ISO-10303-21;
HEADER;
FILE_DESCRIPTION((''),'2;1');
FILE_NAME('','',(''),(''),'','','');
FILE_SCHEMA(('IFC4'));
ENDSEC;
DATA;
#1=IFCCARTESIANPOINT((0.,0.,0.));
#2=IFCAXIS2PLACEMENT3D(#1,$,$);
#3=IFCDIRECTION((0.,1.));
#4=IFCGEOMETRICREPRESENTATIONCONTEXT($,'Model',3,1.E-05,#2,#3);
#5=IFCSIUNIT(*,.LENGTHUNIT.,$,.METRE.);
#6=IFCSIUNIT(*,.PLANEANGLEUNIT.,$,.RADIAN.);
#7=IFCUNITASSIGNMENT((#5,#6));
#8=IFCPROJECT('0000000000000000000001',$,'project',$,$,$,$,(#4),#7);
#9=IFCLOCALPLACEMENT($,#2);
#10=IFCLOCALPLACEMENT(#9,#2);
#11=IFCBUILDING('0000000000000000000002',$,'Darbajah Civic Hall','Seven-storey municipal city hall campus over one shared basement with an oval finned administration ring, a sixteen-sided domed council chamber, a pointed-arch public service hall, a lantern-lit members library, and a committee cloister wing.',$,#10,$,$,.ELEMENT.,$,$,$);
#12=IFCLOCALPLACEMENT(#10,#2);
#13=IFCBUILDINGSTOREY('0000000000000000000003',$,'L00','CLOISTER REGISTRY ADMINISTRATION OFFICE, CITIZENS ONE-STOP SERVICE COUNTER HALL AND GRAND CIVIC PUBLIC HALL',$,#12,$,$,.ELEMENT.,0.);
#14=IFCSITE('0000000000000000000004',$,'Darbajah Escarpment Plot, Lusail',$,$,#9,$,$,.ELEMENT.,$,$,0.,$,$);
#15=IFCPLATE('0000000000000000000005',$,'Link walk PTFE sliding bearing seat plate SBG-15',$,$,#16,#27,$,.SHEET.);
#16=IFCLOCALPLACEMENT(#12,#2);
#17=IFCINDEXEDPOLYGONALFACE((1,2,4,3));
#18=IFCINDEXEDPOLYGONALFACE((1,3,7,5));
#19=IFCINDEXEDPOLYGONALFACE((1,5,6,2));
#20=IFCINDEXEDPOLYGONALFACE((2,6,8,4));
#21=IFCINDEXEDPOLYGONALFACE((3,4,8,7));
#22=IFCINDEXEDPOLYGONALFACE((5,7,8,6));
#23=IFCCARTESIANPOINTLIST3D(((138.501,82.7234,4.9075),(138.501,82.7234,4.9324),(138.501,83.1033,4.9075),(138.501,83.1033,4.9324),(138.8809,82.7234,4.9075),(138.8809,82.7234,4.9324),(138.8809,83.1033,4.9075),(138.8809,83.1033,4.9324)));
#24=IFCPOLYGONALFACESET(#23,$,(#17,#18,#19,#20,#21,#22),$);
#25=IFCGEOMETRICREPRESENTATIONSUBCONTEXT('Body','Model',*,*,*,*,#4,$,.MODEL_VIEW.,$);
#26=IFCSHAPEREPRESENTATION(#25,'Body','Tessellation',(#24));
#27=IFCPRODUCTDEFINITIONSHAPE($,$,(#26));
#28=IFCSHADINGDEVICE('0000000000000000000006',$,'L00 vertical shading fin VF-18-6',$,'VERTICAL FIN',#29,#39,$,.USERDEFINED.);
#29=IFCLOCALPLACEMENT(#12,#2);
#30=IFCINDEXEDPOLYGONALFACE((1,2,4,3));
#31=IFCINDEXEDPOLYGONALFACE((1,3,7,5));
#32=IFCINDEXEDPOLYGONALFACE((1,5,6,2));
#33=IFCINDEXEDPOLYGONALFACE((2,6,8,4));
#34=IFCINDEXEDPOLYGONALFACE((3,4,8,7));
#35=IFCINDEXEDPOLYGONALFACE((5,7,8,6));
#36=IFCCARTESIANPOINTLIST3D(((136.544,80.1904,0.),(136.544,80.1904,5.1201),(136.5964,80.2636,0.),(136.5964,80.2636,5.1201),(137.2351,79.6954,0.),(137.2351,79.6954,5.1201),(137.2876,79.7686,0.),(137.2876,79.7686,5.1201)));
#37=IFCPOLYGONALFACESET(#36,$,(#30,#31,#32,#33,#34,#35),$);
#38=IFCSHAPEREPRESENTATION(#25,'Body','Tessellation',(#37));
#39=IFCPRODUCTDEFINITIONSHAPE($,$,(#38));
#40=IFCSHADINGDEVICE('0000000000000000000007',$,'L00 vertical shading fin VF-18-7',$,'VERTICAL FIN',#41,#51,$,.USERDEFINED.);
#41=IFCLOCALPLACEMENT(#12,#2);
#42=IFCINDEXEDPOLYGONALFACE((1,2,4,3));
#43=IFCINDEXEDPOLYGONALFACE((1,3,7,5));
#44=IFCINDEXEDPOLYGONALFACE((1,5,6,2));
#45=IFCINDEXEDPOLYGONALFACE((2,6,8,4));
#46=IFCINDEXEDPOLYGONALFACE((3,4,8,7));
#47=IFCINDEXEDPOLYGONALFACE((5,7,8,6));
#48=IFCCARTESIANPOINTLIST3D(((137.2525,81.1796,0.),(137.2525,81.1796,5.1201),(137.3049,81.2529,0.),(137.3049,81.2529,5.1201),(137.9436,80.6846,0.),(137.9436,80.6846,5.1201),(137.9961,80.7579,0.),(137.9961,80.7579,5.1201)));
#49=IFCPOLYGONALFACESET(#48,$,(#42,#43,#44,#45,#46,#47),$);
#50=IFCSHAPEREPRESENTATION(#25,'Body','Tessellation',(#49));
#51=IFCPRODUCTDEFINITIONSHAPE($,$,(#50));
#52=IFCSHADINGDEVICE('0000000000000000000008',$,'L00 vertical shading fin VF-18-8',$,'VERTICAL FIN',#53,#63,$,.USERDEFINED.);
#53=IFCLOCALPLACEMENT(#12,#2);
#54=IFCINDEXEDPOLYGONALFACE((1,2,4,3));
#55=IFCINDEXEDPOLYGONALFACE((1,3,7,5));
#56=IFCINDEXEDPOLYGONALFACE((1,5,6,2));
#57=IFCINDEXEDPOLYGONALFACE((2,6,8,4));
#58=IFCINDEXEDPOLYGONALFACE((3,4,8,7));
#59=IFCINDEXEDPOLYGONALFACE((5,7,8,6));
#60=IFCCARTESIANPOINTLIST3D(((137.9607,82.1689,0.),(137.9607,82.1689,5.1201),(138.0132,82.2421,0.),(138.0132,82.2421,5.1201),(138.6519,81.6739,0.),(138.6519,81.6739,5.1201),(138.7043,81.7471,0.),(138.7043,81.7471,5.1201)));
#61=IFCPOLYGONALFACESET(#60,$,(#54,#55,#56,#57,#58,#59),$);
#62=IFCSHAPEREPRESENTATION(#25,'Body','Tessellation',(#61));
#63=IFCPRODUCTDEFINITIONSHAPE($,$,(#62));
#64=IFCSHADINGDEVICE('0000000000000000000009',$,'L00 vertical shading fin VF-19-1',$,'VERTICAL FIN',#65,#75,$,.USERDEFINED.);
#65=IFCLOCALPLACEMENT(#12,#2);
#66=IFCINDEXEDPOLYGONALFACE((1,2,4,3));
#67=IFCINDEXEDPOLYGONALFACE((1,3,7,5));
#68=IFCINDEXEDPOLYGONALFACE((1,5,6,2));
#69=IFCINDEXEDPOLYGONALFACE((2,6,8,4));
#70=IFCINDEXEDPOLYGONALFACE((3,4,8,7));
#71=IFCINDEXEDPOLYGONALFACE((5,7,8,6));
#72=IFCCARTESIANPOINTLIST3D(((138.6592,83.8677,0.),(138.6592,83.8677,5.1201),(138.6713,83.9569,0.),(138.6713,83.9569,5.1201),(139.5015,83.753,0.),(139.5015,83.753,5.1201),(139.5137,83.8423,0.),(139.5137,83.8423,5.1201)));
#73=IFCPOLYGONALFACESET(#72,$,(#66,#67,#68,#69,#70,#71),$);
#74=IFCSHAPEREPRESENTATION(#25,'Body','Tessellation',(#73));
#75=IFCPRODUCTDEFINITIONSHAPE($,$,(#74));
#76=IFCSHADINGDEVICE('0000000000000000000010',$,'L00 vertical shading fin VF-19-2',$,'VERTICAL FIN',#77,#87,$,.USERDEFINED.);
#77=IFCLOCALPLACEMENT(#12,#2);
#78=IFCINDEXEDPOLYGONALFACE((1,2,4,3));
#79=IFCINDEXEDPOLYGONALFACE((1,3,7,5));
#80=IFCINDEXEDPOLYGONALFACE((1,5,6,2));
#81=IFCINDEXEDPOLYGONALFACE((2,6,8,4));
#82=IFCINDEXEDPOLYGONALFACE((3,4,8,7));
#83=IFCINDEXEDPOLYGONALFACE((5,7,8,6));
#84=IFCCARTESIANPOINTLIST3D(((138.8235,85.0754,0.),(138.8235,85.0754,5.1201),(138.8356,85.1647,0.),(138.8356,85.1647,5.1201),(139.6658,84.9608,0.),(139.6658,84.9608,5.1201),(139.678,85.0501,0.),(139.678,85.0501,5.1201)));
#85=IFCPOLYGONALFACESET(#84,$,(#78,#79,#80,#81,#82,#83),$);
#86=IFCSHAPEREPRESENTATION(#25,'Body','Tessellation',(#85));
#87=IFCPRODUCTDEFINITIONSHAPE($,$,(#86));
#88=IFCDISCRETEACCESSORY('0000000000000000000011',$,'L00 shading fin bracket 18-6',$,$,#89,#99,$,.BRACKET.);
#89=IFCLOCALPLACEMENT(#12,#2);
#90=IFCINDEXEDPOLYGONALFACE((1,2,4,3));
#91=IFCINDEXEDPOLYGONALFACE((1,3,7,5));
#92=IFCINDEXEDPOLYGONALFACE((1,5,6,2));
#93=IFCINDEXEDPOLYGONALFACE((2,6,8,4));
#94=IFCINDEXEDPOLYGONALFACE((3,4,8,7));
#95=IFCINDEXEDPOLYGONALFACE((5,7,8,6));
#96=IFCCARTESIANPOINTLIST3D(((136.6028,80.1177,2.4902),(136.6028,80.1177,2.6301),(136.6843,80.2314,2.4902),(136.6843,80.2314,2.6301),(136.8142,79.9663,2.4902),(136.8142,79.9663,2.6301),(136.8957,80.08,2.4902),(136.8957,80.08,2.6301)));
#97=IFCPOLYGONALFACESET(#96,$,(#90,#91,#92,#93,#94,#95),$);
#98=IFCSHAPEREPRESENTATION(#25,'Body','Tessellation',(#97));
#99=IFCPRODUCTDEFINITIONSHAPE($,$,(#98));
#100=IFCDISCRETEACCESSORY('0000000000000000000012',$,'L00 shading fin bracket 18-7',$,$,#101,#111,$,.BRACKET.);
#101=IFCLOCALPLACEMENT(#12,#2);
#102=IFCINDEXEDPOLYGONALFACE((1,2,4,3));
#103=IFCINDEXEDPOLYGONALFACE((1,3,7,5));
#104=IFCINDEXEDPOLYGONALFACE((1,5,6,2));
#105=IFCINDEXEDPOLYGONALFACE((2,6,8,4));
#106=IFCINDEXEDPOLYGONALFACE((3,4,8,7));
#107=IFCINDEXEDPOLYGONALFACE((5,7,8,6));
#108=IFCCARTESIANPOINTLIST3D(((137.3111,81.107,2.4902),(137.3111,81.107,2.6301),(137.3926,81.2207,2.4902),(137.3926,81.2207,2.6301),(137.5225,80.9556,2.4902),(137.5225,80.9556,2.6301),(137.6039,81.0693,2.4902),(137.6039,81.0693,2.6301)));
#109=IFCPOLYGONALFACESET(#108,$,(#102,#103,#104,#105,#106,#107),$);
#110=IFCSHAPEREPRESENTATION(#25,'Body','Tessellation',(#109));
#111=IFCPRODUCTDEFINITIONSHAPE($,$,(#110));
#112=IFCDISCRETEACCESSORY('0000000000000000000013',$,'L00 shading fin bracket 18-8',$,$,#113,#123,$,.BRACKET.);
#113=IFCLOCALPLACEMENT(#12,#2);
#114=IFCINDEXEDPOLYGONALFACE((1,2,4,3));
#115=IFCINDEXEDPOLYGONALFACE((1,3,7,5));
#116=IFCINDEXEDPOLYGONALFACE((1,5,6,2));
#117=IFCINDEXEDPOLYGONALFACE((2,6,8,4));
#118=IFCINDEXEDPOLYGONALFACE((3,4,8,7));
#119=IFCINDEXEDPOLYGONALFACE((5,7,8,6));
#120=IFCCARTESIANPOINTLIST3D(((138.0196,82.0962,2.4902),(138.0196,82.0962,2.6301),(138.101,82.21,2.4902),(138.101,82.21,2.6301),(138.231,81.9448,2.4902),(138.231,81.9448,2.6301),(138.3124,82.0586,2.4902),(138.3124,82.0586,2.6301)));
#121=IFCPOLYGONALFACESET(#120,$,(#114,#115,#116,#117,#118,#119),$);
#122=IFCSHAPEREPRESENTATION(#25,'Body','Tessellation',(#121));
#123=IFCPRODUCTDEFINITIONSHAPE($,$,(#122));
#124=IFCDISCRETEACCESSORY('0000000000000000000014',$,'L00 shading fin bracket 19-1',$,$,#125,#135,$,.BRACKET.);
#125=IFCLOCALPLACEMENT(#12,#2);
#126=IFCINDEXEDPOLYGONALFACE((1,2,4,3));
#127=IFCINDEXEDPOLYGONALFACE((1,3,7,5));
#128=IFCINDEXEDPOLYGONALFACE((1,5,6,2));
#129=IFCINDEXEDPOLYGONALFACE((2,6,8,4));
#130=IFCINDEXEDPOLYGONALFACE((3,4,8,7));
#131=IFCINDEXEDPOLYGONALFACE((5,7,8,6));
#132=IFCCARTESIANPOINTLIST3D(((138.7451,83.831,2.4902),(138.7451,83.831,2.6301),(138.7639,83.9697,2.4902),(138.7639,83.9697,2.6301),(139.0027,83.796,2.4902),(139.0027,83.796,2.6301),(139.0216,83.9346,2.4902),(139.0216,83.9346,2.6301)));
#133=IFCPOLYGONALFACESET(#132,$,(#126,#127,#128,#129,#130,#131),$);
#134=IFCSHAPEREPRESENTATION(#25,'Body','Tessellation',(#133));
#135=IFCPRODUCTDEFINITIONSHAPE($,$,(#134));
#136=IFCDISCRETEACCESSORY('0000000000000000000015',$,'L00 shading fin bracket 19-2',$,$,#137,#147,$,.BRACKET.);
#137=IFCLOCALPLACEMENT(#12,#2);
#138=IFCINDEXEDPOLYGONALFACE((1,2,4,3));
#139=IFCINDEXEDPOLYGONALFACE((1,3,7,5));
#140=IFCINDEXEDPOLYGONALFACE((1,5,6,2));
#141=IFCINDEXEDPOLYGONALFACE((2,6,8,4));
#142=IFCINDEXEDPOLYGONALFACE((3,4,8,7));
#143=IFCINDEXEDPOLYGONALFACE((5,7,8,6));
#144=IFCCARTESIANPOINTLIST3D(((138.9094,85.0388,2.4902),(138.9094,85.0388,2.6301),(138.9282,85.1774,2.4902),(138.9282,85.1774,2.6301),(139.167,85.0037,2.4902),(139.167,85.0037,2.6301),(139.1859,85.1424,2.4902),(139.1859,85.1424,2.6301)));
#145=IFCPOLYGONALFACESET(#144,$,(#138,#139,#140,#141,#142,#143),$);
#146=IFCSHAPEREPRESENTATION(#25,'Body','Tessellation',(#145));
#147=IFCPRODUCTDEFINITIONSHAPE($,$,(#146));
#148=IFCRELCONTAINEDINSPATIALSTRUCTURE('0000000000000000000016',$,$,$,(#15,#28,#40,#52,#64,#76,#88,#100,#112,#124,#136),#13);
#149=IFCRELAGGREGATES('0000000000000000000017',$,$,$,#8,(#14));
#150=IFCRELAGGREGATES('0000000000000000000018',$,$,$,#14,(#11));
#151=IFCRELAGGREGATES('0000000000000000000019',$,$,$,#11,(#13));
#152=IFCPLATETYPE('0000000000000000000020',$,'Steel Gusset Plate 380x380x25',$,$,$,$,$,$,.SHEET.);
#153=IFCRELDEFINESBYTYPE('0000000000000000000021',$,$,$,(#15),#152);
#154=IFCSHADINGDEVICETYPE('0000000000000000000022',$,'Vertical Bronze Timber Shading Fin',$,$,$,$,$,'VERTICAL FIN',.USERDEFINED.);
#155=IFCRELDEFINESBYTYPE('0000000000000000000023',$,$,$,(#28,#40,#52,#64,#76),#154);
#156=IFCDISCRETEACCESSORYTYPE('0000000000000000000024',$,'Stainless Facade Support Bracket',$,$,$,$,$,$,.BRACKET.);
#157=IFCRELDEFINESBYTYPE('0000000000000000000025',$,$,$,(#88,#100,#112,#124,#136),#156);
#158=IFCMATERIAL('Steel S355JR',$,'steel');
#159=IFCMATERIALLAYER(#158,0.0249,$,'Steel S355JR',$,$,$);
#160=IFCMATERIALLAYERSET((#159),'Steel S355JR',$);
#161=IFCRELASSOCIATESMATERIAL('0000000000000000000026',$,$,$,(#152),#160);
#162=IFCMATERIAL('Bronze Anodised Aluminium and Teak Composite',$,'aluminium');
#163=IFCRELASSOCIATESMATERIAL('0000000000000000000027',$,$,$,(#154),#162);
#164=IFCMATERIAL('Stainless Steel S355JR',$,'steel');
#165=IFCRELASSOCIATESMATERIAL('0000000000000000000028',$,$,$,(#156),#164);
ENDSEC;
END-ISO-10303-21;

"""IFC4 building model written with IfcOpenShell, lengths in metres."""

from ifc_helpers import new_model, si_unit, direction, frame, origin, origin_2d, place, context, subcontext, project, spatial, rectangle, extrude, material, layer, layer_set, type_object, element, save


model = new_model("IFC4")

# Units and contexts
model_context = context("Model", 3, precision=1e-05, world=origin(), true_north=direction((0.0, 1.0)))
body_context = subcontext(model_context, "Body", "Model", "MODEL_VIEW")
ifc_project = project(units=[si_unit("LENGTHUNIT", "METRE"), si_unit("PLANEANGLEUNIT", "RADIAN")], contexts=[model_context])

# Site, building, storey
site_placement = place(None, origin())
site = spatial("IfcSite", under=ifc_project, at=site_placement, Name="Darbajah Escarpment Plot, Lusail", CompositionType="ELEMENT", RefElevation=0.0)
building_placement = place(site_placement, origin())
building = spatial("IfcBuilding", under=site, at=building_placement, Name="Darbajah Civic Hall", Description="Seven-storey municipal city hall campus over one shared basement with an oval finned administration ring, a sixteen-sided domed council chamber, a pointed-arch public service hall, a lantern-lit members library, and a committee cloister wing.", CompositionType="ELEMENT")
storey_placement = place(building_placement, origin())
storey = spatial("IfcBuildingStorey", under=building, at=storey_placement, Name="L00", Description="CLOISTER REGISTRY ADMINISTRATION OFFICE, CITIZENS ONE-STOP SERVICE COUNTER HALL AND GRAND CIVIC PUBLIC HALL", CompositionType="ELEMENT", Elevation=0.0)

# Shared definitions
ifc_material_1 = material(Name="Steel S355JR", Category="steel")

# Plate
ifc_layer_1 = layer(ifc_material_1, 0.0249, Name="Steel S355JR")
ifc_layer_set_1 = layer_set([ifc_layer_1], Name="Steel S355JR")
plate_type_1 = type_object("IfcPlateType", Name="Steel Gusset Plate 380x380x25", PredefinedType="SHEET", material=ifc_layer_set_1)
for number, where, z_axis, x_axis, name in (
    (1, (138.6909, 82.9133, 4.9075), (0.0, 0.0, 1.0), (1.0, 0.0, 0.0), "Link walk PTFE sliding bearing seat plate SBG-15"),
):
    element("IfcPlate", number, at=place(storey_placement, frame(where, z_axis=z_axis, x_axis=x_axis)), inside=storey, type_object=plate_type_1, Name=name, PredefinedType="SHEET", context=body_context, shape_type="SweptSolid", body=[
        extrude(rectangle(XDim=0.3799, YDim=0.3799, at=origin_2d()), origin(), (0.0, 0.0, 1.0), 0.0249),
    ])

# Shading devices
ifc_material_2 = material(Name="Bronze Anodised Aluminium and Teak Composite", Category="aluminium")
shading_device_type = type_object("IfcShadingDeviceType", Name="Vertical Bronze Timber Shading Fin", ElementType="VERTICAL FIN", PredefinedType="USERDEFINED", material=ifc_material_2)
for number, where, z_axis, x_axis, name in (
    (2, (136.9158, 79.9795, 0.0), (0.0, 0.0, 1.0), (0.812999, -0.582265, 0.0), "L00 vertical shading fin VF-18-6"),
    (3, (137.6243, 80.9688, 0.0), (0.0, 0.0, 1.0), (0.812999, -0.582265, 0.0), "L00 vertical shading fin VF-18-7"),
    (4, (138.3325, 81.958, 0.0), (0.0, 0.0, 1.0), (0.812999, -0.582265, 0.0), "L00 vertical shading fin VF-18-8"),
    (5, (139.0864, 83.855, 0.0), (0.0, 0.0, 1.0), (0.990866, -0.134851, 0.0), "L00 vertical shading fin VF-19-1"),
    (6, (139.2507, 85.0627, 0.0), (0.0, 0.0, 1.0), (0.990866, -0.134851, 0.0), "L00 vertical shading fin VF-19-2"),
):
    element("IfcShadingDevice", number, at=place(storey_placement, frame(where, z_axis=z_axis, x_axis=x_axis)), inside=storey, type_object=shading_device_type, Name=name, ObjectType="VERTICAL FIN", PredefinedType="USERDEFINED", context=body_context, shape_type="SweptSolid", body=[
        extrude(rectangle(XDim=0.8501, YDim=0.0901, at=origin_2d()), origin(), (0.0, 0.0, 1.0), 5.1201),
    ])

# Discrete accessories
ifc_material_3 = material(Name="Stainless Steel S355JR", Category="steel")
discrete_accessory_type = type_object("IfcDiscreteAccessoryType", Name="Stainless Facade Support Bracket", PredefinedType="BRACKET", material=ifc_material_3)
for number, where, z_axis, x_axis, name in (
    (7, (136.7493, 80.0989, 2.4902), (0.0, 0.0, 1.0), (0.812999, -0.582265, 0.0), "L00 shading fin bracket 18-6"),
    (8, (137.4575, 81.0881, 2.4902), (0.0, 0.0, 1.0), (0.812999, -0.582265, 0.0), "L00 shading fin bracket 18-7"),
    (9, (138.166, 82.0774, 2.4902), (0.0, 0.0, 1.0), (0.812999, -0.582265, 0.0), "L00 shading fin bracket 18-8"),
    (10, (138.8833, 83.8828, 2.4902), (0.0, 0.0, 1.0), (0.990866, -0.134851, 0.0), "L00 shading fin bracket 19-1"),
    (11, (139.0476, 85.0906, 2.4902), (0.0, 0.0, 1.0), (0.990866, -0.134851, 0.0), "L00 shading fin bracket 19-2"),
):
    element("IfcDiscreteAccessory", number, at=place(storey_placement, frame(where, z_axis=z_axis, x_axis=x_axis)), inside=storey, type_object=discrete_accessory_type, Name=name, PredefinedType="BRACKET", context=body_context, shape_type="SweptSolid", body=[
        extrude(rectangle(XDim=0.26, YDim=0.1399, at=origin_2d()), origin(), (0.0, 0.0, 1.0), 0.1399),
    ])

save(model, "model.ifc")
